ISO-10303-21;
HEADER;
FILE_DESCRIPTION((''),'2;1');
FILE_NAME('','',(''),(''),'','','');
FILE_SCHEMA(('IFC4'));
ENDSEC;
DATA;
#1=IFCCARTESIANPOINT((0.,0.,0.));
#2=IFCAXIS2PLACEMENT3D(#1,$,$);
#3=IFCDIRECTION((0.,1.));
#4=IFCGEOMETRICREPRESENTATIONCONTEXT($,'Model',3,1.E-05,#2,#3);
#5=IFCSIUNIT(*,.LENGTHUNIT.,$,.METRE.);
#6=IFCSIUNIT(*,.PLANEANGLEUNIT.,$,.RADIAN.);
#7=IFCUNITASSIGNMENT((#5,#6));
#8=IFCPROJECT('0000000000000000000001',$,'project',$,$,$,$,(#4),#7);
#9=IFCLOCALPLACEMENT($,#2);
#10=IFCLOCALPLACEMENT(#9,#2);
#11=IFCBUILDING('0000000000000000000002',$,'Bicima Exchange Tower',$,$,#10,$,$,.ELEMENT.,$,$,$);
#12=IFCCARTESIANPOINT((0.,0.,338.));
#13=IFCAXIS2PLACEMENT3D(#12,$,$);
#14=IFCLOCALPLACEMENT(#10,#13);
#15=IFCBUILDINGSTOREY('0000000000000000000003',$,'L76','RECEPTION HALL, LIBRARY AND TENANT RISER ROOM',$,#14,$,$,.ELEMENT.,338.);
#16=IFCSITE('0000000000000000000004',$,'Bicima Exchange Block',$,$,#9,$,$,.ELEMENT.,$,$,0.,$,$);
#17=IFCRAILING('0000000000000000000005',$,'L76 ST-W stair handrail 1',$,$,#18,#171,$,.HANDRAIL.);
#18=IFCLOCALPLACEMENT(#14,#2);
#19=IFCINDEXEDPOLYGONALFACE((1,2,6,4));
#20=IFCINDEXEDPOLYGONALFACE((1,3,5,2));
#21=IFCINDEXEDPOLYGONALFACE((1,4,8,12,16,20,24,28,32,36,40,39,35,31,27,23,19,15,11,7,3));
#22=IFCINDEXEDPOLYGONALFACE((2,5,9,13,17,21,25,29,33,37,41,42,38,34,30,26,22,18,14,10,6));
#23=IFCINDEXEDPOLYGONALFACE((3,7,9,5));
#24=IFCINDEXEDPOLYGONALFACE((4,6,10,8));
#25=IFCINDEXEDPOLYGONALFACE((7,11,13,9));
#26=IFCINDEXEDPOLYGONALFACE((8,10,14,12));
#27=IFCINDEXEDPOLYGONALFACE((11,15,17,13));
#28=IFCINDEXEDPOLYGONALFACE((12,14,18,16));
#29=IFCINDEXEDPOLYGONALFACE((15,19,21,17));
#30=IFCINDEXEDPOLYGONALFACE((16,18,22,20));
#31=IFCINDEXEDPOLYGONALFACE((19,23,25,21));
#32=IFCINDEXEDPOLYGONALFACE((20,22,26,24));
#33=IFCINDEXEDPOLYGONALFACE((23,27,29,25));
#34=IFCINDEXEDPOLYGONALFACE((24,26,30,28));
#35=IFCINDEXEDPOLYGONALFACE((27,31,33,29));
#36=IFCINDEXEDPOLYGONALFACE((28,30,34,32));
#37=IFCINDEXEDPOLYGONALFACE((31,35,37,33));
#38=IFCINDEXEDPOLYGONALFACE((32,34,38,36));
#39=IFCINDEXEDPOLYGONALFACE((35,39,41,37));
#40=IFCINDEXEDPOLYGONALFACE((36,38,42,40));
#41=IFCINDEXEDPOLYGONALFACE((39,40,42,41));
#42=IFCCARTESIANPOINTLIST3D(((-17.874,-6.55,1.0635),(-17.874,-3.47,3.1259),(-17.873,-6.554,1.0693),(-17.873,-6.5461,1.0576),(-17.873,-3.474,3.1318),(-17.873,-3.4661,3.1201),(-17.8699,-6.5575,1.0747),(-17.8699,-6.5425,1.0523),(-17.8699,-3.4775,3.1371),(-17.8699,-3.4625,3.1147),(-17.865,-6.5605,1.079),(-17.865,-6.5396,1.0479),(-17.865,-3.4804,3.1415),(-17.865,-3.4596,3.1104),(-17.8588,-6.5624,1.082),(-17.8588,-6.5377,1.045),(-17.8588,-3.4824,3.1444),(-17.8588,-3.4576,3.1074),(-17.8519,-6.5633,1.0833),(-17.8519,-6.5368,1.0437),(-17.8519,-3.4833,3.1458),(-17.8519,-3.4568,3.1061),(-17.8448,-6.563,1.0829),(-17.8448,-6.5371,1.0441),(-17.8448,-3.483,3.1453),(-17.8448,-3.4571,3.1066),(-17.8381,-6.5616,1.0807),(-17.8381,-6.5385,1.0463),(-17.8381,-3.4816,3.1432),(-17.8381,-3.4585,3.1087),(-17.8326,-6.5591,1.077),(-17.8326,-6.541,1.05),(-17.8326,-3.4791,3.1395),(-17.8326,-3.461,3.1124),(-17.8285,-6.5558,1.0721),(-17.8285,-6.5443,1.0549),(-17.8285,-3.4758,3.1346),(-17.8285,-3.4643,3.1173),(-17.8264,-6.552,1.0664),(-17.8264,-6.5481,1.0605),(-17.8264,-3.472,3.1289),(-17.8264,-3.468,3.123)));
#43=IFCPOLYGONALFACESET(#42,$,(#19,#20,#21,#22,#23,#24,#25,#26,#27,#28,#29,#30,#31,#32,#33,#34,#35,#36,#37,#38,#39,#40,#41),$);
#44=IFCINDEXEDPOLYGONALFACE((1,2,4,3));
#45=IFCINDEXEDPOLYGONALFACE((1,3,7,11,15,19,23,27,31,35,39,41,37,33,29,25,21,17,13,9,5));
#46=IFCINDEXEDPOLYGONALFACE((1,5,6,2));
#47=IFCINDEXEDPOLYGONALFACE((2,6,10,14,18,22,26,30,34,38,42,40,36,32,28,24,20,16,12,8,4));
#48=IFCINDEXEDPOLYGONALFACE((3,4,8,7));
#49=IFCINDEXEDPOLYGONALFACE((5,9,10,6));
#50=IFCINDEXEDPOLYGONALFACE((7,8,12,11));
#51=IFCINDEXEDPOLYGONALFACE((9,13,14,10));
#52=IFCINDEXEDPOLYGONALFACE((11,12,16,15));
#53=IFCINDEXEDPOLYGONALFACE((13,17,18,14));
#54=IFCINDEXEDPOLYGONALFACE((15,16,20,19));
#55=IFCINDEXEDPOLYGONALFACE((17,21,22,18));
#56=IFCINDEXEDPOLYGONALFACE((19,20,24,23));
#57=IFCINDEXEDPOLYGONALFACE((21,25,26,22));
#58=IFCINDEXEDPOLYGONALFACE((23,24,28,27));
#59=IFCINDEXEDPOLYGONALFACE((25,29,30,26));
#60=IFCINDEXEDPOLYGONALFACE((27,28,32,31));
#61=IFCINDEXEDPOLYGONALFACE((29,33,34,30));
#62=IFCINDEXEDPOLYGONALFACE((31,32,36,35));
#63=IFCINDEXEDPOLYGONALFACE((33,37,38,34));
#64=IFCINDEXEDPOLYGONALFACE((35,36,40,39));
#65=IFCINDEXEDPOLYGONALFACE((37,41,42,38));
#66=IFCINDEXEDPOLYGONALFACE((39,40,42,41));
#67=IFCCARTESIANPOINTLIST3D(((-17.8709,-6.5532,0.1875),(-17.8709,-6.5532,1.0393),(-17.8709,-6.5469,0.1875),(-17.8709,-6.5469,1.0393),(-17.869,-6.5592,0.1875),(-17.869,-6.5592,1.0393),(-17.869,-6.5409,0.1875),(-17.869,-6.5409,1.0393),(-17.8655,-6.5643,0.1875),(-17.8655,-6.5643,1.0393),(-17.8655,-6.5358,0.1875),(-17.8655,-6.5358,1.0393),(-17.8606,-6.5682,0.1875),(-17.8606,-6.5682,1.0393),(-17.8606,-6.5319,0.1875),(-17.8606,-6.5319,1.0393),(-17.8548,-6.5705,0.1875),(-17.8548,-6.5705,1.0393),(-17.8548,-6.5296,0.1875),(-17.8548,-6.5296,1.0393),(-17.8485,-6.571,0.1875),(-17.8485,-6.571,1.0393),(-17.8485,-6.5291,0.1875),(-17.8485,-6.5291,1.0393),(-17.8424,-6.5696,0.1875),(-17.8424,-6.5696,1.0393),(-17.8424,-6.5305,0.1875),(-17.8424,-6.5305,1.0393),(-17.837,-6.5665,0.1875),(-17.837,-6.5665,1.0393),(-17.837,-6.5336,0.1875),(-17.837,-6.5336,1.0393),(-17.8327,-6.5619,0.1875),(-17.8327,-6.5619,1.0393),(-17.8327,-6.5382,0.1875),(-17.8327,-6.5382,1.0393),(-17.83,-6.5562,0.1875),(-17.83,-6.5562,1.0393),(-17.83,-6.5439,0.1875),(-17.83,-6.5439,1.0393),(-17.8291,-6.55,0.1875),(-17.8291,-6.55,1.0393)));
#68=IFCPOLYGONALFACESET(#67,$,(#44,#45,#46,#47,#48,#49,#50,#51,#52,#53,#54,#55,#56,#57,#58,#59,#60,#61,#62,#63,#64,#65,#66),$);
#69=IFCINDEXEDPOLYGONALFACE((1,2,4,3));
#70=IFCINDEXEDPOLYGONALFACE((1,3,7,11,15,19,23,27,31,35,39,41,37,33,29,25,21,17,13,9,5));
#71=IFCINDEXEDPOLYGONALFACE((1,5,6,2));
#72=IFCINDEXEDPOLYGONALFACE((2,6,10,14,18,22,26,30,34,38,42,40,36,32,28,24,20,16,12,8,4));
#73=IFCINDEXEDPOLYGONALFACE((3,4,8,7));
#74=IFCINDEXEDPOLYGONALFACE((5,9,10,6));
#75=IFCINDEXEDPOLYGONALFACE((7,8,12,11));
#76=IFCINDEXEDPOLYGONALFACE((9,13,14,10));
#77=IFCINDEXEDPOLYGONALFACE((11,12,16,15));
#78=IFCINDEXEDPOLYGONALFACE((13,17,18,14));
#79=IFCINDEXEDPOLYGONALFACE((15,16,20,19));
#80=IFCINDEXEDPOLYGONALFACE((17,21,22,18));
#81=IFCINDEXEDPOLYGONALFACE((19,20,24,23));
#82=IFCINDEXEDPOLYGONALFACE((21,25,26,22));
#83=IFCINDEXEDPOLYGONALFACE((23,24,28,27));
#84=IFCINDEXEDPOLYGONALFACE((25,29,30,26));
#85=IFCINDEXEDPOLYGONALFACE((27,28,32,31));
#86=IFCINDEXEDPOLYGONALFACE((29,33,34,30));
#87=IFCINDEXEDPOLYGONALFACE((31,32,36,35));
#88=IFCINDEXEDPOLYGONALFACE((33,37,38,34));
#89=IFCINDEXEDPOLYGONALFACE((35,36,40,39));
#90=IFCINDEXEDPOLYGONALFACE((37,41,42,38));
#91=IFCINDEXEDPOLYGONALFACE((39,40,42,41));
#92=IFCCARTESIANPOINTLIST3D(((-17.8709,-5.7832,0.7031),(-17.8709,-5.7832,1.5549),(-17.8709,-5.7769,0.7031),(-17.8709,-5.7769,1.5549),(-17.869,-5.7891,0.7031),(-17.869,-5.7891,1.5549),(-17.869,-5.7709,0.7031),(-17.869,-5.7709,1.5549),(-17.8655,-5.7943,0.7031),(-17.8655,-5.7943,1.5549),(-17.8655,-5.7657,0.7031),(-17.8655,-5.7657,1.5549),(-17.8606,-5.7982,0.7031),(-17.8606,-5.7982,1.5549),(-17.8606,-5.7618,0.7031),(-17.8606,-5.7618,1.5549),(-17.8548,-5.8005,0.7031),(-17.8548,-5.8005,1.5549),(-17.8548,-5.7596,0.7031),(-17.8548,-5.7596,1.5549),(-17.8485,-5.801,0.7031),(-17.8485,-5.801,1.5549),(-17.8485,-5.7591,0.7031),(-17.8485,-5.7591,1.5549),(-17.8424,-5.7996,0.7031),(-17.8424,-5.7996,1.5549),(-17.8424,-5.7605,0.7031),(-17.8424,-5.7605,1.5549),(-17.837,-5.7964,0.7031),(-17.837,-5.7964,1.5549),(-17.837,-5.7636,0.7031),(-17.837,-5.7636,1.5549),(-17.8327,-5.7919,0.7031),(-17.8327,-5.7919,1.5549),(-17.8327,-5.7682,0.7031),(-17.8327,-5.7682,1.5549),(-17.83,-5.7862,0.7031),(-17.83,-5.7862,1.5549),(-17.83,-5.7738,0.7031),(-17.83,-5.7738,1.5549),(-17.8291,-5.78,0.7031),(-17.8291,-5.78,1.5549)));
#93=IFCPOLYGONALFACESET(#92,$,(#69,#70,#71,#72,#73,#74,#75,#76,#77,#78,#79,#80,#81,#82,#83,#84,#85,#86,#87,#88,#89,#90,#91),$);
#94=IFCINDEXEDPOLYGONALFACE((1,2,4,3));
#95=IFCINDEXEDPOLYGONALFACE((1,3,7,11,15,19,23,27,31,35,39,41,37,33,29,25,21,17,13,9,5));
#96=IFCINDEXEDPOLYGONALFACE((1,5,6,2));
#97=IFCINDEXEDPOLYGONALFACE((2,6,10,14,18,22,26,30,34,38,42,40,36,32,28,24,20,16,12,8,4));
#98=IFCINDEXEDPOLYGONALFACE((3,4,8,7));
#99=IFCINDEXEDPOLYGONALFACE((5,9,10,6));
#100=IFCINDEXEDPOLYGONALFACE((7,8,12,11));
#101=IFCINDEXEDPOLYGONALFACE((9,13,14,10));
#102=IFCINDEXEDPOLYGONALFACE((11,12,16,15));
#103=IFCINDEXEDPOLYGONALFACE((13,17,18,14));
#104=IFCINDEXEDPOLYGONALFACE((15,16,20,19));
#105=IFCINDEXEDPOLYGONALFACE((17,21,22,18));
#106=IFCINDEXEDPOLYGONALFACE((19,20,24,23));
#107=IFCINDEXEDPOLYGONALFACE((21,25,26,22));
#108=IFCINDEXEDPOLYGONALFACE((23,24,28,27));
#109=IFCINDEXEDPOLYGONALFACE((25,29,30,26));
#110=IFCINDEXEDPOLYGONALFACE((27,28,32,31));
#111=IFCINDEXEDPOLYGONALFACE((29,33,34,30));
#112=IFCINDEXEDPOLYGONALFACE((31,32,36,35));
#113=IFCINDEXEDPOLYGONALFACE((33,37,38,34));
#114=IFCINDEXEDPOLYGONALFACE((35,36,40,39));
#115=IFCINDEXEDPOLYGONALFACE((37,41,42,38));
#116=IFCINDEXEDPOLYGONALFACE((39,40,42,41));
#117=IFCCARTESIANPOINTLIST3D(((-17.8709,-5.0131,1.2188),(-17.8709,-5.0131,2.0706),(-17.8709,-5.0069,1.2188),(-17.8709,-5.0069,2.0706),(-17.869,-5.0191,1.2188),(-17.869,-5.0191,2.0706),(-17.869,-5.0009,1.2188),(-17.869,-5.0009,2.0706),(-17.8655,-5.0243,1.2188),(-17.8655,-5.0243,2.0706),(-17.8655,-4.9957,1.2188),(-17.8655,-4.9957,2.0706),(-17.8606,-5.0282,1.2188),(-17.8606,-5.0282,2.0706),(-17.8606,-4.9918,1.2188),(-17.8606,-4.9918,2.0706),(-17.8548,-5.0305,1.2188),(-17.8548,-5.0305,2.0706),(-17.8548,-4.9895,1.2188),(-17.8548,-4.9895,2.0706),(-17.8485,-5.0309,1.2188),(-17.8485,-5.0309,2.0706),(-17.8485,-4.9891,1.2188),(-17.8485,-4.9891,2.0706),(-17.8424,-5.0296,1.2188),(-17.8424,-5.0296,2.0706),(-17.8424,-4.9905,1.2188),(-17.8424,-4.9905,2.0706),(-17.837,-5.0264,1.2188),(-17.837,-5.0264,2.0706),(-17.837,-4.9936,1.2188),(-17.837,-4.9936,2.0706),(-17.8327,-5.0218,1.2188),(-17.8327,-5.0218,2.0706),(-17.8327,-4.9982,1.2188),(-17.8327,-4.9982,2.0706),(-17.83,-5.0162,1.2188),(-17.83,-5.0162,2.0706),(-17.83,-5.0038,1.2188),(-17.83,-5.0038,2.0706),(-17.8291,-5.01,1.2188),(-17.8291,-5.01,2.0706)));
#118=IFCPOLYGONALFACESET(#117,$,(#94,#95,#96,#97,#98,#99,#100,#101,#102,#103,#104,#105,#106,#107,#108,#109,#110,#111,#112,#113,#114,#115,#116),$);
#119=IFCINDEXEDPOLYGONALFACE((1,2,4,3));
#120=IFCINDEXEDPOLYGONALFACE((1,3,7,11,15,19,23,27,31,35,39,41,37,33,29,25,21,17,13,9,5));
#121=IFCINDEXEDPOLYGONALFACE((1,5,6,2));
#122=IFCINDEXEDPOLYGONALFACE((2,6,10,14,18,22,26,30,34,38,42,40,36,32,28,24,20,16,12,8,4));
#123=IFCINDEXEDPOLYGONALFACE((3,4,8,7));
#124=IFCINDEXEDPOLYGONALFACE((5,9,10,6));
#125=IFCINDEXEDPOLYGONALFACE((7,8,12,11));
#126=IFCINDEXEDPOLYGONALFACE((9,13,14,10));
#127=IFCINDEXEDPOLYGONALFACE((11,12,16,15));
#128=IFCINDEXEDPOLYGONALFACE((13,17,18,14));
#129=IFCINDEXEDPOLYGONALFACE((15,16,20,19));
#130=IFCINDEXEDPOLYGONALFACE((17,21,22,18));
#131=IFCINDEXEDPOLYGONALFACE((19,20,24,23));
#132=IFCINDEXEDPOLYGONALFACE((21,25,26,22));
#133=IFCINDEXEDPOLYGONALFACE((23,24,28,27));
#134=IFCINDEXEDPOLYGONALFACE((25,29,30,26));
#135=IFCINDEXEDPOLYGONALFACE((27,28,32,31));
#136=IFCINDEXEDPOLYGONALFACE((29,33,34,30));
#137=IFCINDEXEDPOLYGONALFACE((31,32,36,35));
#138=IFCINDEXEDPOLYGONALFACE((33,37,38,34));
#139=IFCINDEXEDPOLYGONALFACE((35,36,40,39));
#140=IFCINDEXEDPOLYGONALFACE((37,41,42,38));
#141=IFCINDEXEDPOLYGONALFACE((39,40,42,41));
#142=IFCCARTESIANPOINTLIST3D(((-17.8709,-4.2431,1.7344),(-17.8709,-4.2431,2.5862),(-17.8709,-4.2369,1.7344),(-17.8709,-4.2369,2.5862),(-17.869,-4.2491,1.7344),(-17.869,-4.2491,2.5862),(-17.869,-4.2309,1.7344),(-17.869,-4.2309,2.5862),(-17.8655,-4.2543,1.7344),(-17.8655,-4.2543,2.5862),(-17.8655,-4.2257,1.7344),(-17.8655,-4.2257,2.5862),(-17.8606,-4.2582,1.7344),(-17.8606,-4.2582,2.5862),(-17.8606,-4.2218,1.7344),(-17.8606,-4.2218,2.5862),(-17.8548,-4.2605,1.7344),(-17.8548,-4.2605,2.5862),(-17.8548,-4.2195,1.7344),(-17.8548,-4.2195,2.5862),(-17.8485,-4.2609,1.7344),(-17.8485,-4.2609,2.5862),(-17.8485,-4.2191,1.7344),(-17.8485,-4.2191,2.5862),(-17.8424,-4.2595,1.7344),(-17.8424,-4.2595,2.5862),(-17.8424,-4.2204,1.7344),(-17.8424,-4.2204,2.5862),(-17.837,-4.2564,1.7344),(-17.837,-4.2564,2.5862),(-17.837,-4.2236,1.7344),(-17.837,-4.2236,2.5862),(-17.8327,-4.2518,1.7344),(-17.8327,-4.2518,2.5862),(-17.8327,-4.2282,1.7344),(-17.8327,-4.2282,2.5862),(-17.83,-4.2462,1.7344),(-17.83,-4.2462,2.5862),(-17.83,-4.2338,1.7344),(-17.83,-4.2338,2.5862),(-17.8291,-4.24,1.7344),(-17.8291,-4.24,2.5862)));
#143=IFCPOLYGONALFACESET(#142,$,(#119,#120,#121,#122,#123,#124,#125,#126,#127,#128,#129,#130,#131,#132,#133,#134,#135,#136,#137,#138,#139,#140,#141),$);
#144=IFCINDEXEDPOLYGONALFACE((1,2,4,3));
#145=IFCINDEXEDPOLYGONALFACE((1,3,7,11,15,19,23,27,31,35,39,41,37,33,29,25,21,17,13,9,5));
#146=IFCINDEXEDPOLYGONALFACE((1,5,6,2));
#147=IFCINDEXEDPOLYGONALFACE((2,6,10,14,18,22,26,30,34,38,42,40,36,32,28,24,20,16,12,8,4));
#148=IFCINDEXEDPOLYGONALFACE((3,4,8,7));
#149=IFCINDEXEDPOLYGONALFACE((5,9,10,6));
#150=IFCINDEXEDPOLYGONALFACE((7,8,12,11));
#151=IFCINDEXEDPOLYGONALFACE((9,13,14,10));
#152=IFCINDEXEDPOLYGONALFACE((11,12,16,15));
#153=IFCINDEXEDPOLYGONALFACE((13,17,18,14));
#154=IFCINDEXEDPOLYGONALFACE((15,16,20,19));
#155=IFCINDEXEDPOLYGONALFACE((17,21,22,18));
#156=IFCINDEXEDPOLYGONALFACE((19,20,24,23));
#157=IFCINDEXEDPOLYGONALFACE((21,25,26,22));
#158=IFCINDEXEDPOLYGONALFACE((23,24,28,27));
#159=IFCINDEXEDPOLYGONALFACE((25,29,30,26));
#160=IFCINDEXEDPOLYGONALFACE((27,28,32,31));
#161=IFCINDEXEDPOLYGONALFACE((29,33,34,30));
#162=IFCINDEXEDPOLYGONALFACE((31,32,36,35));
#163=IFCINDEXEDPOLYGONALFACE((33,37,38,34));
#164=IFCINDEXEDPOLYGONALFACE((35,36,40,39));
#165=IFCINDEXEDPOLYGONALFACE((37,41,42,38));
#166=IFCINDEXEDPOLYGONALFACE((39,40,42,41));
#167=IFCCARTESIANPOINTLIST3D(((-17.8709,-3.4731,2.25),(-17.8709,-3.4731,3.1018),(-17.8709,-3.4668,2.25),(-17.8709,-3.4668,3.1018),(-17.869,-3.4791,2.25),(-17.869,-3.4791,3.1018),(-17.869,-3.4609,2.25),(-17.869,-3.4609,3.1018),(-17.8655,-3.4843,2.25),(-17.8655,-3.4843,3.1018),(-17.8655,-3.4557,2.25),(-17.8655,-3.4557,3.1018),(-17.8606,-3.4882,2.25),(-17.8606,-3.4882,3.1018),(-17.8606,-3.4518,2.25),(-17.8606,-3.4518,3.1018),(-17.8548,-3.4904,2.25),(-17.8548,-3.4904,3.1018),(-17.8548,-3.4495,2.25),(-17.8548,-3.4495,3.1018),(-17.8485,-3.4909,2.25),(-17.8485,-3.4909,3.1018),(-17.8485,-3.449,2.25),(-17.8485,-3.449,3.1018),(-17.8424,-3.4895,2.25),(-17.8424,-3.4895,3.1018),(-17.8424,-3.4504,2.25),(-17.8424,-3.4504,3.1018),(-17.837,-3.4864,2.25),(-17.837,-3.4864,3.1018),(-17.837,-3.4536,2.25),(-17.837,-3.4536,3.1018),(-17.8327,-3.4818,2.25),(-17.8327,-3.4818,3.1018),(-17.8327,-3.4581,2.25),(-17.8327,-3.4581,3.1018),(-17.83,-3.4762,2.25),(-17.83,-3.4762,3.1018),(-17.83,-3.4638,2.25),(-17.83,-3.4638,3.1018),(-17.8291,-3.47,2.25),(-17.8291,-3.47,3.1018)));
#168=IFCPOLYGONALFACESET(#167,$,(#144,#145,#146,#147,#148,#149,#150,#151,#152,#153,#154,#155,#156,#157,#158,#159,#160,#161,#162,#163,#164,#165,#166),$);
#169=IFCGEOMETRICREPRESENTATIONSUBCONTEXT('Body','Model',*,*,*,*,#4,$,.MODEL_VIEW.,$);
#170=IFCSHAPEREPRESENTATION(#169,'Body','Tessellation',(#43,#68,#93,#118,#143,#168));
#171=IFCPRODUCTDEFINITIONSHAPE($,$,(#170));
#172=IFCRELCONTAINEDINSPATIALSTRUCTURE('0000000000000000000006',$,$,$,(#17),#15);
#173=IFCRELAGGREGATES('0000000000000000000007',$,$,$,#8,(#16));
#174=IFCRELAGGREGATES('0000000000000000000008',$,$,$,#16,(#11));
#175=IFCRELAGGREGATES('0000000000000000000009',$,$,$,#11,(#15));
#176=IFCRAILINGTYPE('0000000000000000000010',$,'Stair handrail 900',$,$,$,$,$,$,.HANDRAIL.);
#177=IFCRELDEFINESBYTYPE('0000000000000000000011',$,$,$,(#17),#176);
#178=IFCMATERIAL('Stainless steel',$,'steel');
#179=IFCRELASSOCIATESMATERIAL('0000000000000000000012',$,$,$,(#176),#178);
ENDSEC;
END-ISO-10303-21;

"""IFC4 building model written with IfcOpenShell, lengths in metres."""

from ifc_helpers import new_model, si_unit, direction, frame, origin, origin_2d, place, context, subcontext, project, spatial, circle, extrude, material, type_object, element, save


model = new_model("IFC4")

# Units and contexts
model_context = context("Model", 3, precision=1e-05, world=origin(), true_north=direction((0.0, 1.0)))
body_context = subcontext(model_context, "Body", "Model", "MODEL_VIEW")
ifc_project = project(units=[si_unit("LENGTHUNIT", "METRE"), si_unit("PLANEANGLEUNIT", "RADIAN")], contexts=[model_context])

# Site, building, storey
site_placement = place(None, origin())
site = spatial("IfcSite", under=ifc_project, at=site_placement, Name="Bicima Exchange Block", CompositionType="ELEMENT", RefElevation=0.0)
building_placement = place(site_placement, origin())
building = spatial("IfcBuilding", under=site, at=building_placement, Name="Bicima Exchange Tower", CompositionType="ELEMENT")
storey_placement = place(building_placement, frame((0.0, 0.0, 338.0)))
storey = spatial("IfcBuildingStorey", under=building, at=storey_placement, Name="L76", Description="RECEPTION HALL, LIBRARY AND TENANT RISER ROOM", CompositionType="ELEMENT", Elevation=338.0)

# Shared definitions
ifc_material_1 = material(Name="Stainless steel", Category="steel")

# Railing
railing_type_1 = type_object("IfcRailingType", Name="Stair handrail 900", PredefinedType="HANDRAIL", material=ifc_material_1)
railing_1_placement = place(storey_placement, frame((-17.8501, -6.55, 0.1875)))
element("IfcRailing", 1, at=railing_1_placement, inside=storey, type_object=railing_type_1, Name="L76 ST-W stair handrail 1", PredefinedType="HANDRAIL", context=body_context, shape_type="SweptSolid", body=[
    extrude(circle(Radius=0.0239, at=origin_2d()), frame((0.0, 0.0, 0.876), z_axis=(0.0, 0.830914, 0.556401), x_axis=(-1.0, 0.0, 0.0)), (0.0, 0.0, 1.0), 3.7068),
    extrude(circle(Radius=0.021, at=origin_2d()), origin(), (0.0, 0.0, 1.0), 0.8518),
    extrude(circle(Radius=0.021, at=origin_2d()), frame((0.0, 0.77, 0.5156)), (0.0, 0.0, 1.0), 0.8518),
    extrude(circle(Radius=0.021, at=origin_2d()), frame((0.0, 1.54, 1.0312)), (0.0, 0.0, 1.0), 0.8518),
    extrude(circle(Radius=0.021, at=origin_2d()), frame((0.0, 2.3101, 1.5469)), (0.0, 0.0, 1.0), 0.8518),
    extrude(circle(Radius=0.021, at=origin_2d()), frame((0.0, 3.0801, 2.0625)), (0.0, 0.0, 1.0), 0.8518),
])

save(model, "model.ifc")
